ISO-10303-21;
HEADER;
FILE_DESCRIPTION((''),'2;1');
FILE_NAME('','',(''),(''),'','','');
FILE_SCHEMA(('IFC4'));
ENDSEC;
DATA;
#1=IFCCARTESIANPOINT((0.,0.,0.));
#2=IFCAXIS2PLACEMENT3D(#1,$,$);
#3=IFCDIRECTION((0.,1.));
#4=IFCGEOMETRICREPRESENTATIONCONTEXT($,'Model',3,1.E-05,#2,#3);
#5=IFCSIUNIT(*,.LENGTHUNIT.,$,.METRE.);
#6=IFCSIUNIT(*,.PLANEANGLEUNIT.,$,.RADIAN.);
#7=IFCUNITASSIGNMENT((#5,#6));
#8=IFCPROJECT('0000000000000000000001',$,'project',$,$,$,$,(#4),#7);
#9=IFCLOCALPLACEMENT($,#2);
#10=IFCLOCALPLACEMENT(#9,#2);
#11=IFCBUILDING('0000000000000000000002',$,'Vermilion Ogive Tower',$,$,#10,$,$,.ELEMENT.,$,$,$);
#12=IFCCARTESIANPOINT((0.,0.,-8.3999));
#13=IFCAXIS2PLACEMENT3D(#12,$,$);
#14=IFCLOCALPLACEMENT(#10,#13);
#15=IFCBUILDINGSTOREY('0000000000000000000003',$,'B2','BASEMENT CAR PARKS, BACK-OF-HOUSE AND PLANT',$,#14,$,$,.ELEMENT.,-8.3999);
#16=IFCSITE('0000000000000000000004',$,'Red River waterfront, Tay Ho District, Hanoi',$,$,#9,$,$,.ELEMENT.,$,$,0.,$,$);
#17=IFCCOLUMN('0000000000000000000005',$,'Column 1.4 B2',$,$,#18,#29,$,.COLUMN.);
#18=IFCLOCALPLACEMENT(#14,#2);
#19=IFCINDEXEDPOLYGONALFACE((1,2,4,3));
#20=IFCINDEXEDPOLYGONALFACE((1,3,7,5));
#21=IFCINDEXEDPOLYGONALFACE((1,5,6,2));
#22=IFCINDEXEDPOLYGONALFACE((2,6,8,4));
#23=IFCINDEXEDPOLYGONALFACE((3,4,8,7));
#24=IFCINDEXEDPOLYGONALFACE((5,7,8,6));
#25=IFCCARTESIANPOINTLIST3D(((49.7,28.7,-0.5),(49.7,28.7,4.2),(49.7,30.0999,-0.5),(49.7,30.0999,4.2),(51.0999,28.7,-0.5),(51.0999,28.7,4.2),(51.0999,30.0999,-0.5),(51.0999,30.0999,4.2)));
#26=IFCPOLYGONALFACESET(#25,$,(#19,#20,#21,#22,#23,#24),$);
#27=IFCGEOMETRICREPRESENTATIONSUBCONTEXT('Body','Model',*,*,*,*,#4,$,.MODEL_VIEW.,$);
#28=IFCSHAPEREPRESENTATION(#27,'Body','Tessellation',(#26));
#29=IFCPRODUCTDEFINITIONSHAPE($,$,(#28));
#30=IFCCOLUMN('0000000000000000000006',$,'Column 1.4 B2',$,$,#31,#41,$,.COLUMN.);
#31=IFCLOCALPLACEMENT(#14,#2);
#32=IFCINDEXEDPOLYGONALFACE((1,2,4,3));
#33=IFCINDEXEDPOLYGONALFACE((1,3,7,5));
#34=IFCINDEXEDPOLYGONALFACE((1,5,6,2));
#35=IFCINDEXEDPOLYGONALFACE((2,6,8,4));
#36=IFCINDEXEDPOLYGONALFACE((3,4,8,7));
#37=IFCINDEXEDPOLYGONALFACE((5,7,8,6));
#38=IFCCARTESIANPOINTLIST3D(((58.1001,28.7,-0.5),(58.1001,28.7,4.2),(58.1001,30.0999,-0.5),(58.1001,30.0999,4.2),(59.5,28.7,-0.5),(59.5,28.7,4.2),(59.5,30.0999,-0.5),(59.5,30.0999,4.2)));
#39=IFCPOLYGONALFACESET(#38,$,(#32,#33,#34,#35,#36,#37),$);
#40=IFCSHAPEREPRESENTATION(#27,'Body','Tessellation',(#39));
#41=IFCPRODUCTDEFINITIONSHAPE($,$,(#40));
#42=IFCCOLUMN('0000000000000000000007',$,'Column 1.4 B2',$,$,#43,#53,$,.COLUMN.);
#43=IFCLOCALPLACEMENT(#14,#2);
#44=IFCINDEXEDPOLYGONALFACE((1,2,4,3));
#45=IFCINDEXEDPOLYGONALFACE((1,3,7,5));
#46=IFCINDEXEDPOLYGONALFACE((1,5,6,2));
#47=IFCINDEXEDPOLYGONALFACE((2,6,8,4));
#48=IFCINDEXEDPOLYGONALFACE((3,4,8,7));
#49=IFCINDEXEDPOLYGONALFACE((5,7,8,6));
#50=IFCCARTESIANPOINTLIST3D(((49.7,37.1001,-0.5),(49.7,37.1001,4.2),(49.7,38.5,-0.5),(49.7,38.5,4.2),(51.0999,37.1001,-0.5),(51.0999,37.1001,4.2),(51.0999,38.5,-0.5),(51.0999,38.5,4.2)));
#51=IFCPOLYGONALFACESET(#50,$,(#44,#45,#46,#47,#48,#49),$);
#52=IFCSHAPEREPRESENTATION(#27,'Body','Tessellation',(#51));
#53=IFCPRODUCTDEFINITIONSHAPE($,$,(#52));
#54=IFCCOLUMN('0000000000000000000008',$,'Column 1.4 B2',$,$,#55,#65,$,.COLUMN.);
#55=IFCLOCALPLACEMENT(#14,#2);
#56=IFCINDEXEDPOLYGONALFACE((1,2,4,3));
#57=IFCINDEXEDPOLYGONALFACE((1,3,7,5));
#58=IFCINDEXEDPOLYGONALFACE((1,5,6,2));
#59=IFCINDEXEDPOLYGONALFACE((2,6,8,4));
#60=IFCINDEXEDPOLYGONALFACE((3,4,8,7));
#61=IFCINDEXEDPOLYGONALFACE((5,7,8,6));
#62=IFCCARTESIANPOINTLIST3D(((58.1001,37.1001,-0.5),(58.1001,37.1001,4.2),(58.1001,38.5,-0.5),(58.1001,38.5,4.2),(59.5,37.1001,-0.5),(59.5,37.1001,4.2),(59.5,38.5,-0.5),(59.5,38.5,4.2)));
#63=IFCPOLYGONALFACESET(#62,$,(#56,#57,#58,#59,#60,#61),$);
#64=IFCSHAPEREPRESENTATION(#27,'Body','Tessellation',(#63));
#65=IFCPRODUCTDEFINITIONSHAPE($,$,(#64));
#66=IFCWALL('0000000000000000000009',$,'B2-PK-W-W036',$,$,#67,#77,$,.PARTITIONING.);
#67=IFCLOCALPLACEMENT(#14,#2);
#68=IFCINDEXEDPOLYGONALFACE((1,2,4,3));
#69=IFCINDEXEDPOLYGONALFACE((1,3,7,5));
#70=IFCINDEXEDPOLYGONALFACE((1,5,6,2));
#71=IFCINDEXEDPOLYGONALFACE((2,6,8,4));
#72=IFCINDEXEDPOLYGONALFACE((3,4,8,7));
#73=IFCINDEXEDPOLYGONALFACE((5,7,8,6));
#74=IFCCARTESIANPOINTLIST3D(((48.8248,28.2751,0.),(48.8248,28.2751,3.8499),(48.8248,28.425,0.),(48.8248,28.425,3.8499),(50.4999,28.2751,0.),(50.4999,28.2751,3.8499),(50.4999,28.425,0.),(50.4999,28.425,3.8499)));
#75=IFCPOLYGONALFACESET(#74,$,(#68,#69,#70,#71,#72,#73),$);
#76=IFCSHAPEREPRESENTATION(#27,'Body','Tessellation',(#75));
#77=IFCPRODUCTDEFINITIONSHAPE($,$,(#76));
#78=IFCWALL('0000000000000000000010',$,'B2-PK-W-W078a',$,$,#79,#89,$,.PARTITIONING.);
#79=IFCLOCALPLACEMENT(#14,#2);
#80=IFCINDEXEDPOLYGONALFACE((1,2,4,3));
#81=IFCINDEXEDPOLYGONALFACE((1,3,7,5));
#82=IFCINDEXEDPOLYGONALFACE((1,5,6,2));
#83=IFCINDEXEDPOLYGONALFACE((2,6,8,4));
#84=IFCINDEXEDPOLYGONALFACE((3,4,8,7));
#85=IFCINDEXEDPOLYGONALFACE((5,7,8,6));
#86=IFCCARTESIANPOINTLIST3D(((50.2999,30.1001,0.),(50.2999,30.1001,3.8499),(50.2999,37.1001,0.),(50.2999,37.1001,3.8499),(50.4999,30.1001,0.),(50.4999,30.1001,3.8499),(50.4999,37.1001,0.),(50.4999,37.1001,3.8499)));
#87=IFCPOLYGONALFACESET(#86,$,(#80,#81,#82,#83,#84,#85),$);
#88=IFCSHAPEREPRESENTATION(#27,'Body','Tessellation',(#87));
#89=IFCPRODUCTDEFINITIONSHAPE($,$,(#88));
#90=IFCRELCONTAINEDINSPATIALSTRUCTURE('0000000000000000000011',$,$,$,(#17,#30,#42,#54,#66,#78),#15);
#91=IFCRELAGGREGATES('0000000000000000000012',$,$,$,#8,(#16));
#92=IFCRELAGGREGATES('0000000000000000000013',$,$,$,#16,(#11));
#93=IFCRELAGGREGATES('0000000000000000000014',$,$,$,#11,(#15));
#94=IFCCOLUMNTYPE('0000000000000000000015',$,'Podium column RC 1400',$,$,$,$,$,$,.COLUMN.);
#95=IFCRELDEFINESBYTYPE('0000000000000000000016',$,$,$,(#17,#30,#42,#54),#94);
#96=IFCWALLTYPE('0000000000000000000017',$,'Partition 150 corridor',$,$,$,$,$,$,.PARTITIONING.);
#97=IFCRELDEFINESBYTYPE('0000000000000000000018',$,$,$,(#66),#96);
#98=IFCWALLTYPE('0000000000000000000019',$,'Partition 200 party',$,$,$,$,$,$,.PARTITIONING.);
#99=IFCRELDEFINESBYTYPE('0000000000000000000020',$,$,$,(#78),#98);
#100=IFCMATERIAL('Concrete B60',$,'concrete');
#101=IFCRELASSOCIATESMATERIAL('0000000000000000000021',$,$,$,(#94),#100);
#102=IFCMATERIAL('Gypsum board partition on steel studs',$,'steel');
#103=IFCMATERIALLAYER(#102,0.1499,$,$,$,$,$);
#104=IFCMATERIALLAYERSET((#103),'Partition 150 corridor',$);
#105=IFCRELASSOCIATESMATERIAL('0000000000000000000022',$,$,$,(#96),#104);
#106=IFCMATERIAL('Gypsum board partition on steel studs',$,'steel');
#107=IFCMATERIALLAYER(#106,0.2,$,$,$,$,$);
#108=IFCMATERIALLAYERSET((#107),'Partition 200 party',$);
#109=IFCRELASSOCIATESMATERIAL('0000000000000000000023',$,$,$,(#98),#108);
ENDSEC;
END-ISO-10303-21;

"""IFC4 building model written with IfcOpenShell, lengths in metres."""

from ifc_helpers import new_model, si_unit, direction, frame, frame_2d, origin, origin_2d, place, context, subcontext, project, spatial, rectangle, extrude, material, layer, layer_set, material_profile, profile_set, type_object, element, save


model = new_model("IFC4")

# Units and contexts
model_context = context("Model", 3, precision=1e-05, world=origin(), true_north=direction((0.0, 1.0)))
body_context = subcontext(model_context, "Body", "Model", "MODEL_VIEW")
ifc_project = project(units=[si_unit("LENGTHUNIT", "METRE"), si_unit("PLANEANGLEUNIT", "RADIAN")], contexts=[model_context])

# Site, building, storey
site_placement = place(None, origin())
site = spatial("IfcSite", under=ifc_project, at=site_placement, Name="Red River waterfront, Tay Ho District, Hanoi", CompositionType="ELEMENT", RefElevation=0.0)
building_placement = place(site_placement, origin())
building = spatial("IfcBuilding", under=site, at=building_placement, Name="Vermilion Ogive Tower", CompositionType="ELEMENT")
storey_placement = place(building_placement, frame((0.0, 0.0, -8.3999)))
storey = spatial("IfcBuildingStorey", under=building, at=storey_placement, Name="B2", Description="BASEMENT CAR PARKS, BACK-OF-HOUSE AND PLANT", CompositionType="ELEMENT", Elevation=-8.3999)

# Columns
ifc_material_1 = material(Name="Concrete B60", Category="concrete")
ifc_material_profile = material_profile(ifc_material_1, rectangle(XDim=1.3999, YDim=1.3999, at=origin_2d()), Name="RC 1400x1400")
ifc_profile_set = profile_set([ifc_material_profile], Name="Concrete B60")
column_type = type_object("IfcColumnType", Name="Podium column RC 1400", PredefinedType="COLUMN", material=ifc_profile_set)
for number, where, z_axis, x_axis, name in (
    (1, (50.3999, 29.3999, -0.5), (0.0, 0.0, 1.0), (1.0, 0.0, 0.0), "Column 1.4 B2"),
    (2, (58.8, 29.3999, -0.5), (0.0, 0.0, 1.0), (1.0, 0.0, 0.0), "Column 1.4 B2"),
    (3, (50.3999, 37.8, -0.5), (0.0, 0.0, 1.0), (1.0, 0.0, 0.0), "Column 1.4 B2"),
    (4, (58.8, 37.8, -0.5), (0.0, 0.0, 1.0), (1.0, 0.0, 0.0), "Column 1.4 B2"),
):
    element("IfcColumn", number, at=place(storey_placement, frame(where, z_axis=z_axis, x_axis=x_axis)), inside=storey, type_object=column_type, Name=name, PredefinedType="COLUMN", context=body_context, shape_type="SweptSolid", body=[
        extrude(rectangle(XDim=1.3999, YDim=1.3999, at=origin_2d()), origin(), (0.0, 0.0, 1.0), 4.7),
    ])

# Walls
ifc_material_2 = material(Name="Gypsum board partition on steel studs", Category="steel")
ifc_layer_1 = layer(ifc_material_2, 0.1499)
ifc_layer_set_1 = layer_set([ifc_layer_1], Name="Partition 150 corridor")
wall_type_1 = type_object("IfcWallType", Name="Partition 150 corridor", PredefinedType="PARTITIONING", material=ifc_layer_set_1)
wall_1_placement = place(storey_placement, frame((48.825, 28.3501, 0.0), z_axis=(0.0, 0.0, 1.0), x_axis=(1.0, 0.0, 0.0)))
element("IfcWall", 5, at=wall_1_placement, inside=storey, type_object=wall_type_1, Name="B2-PK-W-W036", PredefinedType="PARTITIONING", context=body_context, shape_type="SweptSolid", body=[
    extrude(rectangle(XDim=1.675, YDim=0.1499, at=frame_2d((0.8374, 0.0))), origin(), (0.0, 0.0, 1.0), 3.8499),
])
ifc_material_3 = material(Name="Gypsum board partition on steel studs", Category="steel")
ifc_layer_2 = layer(ifc_material_3, 0.2)
ifc_layer_set_2 = layer_set([ifc_layer_2], Name="Partition 200 party")
wall_type_2 = type_object("IfcWallType", Name="Partition 200 party", PredefinedType="PARTITIONING", material=ifc_layer_set_2)
wall_2_placement = place(storey_placement, frame((50.3999, 30.1001, 0.0), z_axis=(0.0, 0.0, 1.0), x_axis=(0.0, 1.0, 0.0)))
element("IfcWall", 6, at=wall_2_placement, inside=storey, type_object=wall_type_2, Name="B2-PK-W-W078a", PredefinedType="PARTITIONING", context=body_context, shape_type="SweptSolid", body=[
    extrude(rectangle(XDim=7.0, YDim=0.2, at=frame_2d((3.5, 0.0))), origin(), (0.0, 0.0, 1.0), 3.8499),
])

save(model, "model.ifc")
